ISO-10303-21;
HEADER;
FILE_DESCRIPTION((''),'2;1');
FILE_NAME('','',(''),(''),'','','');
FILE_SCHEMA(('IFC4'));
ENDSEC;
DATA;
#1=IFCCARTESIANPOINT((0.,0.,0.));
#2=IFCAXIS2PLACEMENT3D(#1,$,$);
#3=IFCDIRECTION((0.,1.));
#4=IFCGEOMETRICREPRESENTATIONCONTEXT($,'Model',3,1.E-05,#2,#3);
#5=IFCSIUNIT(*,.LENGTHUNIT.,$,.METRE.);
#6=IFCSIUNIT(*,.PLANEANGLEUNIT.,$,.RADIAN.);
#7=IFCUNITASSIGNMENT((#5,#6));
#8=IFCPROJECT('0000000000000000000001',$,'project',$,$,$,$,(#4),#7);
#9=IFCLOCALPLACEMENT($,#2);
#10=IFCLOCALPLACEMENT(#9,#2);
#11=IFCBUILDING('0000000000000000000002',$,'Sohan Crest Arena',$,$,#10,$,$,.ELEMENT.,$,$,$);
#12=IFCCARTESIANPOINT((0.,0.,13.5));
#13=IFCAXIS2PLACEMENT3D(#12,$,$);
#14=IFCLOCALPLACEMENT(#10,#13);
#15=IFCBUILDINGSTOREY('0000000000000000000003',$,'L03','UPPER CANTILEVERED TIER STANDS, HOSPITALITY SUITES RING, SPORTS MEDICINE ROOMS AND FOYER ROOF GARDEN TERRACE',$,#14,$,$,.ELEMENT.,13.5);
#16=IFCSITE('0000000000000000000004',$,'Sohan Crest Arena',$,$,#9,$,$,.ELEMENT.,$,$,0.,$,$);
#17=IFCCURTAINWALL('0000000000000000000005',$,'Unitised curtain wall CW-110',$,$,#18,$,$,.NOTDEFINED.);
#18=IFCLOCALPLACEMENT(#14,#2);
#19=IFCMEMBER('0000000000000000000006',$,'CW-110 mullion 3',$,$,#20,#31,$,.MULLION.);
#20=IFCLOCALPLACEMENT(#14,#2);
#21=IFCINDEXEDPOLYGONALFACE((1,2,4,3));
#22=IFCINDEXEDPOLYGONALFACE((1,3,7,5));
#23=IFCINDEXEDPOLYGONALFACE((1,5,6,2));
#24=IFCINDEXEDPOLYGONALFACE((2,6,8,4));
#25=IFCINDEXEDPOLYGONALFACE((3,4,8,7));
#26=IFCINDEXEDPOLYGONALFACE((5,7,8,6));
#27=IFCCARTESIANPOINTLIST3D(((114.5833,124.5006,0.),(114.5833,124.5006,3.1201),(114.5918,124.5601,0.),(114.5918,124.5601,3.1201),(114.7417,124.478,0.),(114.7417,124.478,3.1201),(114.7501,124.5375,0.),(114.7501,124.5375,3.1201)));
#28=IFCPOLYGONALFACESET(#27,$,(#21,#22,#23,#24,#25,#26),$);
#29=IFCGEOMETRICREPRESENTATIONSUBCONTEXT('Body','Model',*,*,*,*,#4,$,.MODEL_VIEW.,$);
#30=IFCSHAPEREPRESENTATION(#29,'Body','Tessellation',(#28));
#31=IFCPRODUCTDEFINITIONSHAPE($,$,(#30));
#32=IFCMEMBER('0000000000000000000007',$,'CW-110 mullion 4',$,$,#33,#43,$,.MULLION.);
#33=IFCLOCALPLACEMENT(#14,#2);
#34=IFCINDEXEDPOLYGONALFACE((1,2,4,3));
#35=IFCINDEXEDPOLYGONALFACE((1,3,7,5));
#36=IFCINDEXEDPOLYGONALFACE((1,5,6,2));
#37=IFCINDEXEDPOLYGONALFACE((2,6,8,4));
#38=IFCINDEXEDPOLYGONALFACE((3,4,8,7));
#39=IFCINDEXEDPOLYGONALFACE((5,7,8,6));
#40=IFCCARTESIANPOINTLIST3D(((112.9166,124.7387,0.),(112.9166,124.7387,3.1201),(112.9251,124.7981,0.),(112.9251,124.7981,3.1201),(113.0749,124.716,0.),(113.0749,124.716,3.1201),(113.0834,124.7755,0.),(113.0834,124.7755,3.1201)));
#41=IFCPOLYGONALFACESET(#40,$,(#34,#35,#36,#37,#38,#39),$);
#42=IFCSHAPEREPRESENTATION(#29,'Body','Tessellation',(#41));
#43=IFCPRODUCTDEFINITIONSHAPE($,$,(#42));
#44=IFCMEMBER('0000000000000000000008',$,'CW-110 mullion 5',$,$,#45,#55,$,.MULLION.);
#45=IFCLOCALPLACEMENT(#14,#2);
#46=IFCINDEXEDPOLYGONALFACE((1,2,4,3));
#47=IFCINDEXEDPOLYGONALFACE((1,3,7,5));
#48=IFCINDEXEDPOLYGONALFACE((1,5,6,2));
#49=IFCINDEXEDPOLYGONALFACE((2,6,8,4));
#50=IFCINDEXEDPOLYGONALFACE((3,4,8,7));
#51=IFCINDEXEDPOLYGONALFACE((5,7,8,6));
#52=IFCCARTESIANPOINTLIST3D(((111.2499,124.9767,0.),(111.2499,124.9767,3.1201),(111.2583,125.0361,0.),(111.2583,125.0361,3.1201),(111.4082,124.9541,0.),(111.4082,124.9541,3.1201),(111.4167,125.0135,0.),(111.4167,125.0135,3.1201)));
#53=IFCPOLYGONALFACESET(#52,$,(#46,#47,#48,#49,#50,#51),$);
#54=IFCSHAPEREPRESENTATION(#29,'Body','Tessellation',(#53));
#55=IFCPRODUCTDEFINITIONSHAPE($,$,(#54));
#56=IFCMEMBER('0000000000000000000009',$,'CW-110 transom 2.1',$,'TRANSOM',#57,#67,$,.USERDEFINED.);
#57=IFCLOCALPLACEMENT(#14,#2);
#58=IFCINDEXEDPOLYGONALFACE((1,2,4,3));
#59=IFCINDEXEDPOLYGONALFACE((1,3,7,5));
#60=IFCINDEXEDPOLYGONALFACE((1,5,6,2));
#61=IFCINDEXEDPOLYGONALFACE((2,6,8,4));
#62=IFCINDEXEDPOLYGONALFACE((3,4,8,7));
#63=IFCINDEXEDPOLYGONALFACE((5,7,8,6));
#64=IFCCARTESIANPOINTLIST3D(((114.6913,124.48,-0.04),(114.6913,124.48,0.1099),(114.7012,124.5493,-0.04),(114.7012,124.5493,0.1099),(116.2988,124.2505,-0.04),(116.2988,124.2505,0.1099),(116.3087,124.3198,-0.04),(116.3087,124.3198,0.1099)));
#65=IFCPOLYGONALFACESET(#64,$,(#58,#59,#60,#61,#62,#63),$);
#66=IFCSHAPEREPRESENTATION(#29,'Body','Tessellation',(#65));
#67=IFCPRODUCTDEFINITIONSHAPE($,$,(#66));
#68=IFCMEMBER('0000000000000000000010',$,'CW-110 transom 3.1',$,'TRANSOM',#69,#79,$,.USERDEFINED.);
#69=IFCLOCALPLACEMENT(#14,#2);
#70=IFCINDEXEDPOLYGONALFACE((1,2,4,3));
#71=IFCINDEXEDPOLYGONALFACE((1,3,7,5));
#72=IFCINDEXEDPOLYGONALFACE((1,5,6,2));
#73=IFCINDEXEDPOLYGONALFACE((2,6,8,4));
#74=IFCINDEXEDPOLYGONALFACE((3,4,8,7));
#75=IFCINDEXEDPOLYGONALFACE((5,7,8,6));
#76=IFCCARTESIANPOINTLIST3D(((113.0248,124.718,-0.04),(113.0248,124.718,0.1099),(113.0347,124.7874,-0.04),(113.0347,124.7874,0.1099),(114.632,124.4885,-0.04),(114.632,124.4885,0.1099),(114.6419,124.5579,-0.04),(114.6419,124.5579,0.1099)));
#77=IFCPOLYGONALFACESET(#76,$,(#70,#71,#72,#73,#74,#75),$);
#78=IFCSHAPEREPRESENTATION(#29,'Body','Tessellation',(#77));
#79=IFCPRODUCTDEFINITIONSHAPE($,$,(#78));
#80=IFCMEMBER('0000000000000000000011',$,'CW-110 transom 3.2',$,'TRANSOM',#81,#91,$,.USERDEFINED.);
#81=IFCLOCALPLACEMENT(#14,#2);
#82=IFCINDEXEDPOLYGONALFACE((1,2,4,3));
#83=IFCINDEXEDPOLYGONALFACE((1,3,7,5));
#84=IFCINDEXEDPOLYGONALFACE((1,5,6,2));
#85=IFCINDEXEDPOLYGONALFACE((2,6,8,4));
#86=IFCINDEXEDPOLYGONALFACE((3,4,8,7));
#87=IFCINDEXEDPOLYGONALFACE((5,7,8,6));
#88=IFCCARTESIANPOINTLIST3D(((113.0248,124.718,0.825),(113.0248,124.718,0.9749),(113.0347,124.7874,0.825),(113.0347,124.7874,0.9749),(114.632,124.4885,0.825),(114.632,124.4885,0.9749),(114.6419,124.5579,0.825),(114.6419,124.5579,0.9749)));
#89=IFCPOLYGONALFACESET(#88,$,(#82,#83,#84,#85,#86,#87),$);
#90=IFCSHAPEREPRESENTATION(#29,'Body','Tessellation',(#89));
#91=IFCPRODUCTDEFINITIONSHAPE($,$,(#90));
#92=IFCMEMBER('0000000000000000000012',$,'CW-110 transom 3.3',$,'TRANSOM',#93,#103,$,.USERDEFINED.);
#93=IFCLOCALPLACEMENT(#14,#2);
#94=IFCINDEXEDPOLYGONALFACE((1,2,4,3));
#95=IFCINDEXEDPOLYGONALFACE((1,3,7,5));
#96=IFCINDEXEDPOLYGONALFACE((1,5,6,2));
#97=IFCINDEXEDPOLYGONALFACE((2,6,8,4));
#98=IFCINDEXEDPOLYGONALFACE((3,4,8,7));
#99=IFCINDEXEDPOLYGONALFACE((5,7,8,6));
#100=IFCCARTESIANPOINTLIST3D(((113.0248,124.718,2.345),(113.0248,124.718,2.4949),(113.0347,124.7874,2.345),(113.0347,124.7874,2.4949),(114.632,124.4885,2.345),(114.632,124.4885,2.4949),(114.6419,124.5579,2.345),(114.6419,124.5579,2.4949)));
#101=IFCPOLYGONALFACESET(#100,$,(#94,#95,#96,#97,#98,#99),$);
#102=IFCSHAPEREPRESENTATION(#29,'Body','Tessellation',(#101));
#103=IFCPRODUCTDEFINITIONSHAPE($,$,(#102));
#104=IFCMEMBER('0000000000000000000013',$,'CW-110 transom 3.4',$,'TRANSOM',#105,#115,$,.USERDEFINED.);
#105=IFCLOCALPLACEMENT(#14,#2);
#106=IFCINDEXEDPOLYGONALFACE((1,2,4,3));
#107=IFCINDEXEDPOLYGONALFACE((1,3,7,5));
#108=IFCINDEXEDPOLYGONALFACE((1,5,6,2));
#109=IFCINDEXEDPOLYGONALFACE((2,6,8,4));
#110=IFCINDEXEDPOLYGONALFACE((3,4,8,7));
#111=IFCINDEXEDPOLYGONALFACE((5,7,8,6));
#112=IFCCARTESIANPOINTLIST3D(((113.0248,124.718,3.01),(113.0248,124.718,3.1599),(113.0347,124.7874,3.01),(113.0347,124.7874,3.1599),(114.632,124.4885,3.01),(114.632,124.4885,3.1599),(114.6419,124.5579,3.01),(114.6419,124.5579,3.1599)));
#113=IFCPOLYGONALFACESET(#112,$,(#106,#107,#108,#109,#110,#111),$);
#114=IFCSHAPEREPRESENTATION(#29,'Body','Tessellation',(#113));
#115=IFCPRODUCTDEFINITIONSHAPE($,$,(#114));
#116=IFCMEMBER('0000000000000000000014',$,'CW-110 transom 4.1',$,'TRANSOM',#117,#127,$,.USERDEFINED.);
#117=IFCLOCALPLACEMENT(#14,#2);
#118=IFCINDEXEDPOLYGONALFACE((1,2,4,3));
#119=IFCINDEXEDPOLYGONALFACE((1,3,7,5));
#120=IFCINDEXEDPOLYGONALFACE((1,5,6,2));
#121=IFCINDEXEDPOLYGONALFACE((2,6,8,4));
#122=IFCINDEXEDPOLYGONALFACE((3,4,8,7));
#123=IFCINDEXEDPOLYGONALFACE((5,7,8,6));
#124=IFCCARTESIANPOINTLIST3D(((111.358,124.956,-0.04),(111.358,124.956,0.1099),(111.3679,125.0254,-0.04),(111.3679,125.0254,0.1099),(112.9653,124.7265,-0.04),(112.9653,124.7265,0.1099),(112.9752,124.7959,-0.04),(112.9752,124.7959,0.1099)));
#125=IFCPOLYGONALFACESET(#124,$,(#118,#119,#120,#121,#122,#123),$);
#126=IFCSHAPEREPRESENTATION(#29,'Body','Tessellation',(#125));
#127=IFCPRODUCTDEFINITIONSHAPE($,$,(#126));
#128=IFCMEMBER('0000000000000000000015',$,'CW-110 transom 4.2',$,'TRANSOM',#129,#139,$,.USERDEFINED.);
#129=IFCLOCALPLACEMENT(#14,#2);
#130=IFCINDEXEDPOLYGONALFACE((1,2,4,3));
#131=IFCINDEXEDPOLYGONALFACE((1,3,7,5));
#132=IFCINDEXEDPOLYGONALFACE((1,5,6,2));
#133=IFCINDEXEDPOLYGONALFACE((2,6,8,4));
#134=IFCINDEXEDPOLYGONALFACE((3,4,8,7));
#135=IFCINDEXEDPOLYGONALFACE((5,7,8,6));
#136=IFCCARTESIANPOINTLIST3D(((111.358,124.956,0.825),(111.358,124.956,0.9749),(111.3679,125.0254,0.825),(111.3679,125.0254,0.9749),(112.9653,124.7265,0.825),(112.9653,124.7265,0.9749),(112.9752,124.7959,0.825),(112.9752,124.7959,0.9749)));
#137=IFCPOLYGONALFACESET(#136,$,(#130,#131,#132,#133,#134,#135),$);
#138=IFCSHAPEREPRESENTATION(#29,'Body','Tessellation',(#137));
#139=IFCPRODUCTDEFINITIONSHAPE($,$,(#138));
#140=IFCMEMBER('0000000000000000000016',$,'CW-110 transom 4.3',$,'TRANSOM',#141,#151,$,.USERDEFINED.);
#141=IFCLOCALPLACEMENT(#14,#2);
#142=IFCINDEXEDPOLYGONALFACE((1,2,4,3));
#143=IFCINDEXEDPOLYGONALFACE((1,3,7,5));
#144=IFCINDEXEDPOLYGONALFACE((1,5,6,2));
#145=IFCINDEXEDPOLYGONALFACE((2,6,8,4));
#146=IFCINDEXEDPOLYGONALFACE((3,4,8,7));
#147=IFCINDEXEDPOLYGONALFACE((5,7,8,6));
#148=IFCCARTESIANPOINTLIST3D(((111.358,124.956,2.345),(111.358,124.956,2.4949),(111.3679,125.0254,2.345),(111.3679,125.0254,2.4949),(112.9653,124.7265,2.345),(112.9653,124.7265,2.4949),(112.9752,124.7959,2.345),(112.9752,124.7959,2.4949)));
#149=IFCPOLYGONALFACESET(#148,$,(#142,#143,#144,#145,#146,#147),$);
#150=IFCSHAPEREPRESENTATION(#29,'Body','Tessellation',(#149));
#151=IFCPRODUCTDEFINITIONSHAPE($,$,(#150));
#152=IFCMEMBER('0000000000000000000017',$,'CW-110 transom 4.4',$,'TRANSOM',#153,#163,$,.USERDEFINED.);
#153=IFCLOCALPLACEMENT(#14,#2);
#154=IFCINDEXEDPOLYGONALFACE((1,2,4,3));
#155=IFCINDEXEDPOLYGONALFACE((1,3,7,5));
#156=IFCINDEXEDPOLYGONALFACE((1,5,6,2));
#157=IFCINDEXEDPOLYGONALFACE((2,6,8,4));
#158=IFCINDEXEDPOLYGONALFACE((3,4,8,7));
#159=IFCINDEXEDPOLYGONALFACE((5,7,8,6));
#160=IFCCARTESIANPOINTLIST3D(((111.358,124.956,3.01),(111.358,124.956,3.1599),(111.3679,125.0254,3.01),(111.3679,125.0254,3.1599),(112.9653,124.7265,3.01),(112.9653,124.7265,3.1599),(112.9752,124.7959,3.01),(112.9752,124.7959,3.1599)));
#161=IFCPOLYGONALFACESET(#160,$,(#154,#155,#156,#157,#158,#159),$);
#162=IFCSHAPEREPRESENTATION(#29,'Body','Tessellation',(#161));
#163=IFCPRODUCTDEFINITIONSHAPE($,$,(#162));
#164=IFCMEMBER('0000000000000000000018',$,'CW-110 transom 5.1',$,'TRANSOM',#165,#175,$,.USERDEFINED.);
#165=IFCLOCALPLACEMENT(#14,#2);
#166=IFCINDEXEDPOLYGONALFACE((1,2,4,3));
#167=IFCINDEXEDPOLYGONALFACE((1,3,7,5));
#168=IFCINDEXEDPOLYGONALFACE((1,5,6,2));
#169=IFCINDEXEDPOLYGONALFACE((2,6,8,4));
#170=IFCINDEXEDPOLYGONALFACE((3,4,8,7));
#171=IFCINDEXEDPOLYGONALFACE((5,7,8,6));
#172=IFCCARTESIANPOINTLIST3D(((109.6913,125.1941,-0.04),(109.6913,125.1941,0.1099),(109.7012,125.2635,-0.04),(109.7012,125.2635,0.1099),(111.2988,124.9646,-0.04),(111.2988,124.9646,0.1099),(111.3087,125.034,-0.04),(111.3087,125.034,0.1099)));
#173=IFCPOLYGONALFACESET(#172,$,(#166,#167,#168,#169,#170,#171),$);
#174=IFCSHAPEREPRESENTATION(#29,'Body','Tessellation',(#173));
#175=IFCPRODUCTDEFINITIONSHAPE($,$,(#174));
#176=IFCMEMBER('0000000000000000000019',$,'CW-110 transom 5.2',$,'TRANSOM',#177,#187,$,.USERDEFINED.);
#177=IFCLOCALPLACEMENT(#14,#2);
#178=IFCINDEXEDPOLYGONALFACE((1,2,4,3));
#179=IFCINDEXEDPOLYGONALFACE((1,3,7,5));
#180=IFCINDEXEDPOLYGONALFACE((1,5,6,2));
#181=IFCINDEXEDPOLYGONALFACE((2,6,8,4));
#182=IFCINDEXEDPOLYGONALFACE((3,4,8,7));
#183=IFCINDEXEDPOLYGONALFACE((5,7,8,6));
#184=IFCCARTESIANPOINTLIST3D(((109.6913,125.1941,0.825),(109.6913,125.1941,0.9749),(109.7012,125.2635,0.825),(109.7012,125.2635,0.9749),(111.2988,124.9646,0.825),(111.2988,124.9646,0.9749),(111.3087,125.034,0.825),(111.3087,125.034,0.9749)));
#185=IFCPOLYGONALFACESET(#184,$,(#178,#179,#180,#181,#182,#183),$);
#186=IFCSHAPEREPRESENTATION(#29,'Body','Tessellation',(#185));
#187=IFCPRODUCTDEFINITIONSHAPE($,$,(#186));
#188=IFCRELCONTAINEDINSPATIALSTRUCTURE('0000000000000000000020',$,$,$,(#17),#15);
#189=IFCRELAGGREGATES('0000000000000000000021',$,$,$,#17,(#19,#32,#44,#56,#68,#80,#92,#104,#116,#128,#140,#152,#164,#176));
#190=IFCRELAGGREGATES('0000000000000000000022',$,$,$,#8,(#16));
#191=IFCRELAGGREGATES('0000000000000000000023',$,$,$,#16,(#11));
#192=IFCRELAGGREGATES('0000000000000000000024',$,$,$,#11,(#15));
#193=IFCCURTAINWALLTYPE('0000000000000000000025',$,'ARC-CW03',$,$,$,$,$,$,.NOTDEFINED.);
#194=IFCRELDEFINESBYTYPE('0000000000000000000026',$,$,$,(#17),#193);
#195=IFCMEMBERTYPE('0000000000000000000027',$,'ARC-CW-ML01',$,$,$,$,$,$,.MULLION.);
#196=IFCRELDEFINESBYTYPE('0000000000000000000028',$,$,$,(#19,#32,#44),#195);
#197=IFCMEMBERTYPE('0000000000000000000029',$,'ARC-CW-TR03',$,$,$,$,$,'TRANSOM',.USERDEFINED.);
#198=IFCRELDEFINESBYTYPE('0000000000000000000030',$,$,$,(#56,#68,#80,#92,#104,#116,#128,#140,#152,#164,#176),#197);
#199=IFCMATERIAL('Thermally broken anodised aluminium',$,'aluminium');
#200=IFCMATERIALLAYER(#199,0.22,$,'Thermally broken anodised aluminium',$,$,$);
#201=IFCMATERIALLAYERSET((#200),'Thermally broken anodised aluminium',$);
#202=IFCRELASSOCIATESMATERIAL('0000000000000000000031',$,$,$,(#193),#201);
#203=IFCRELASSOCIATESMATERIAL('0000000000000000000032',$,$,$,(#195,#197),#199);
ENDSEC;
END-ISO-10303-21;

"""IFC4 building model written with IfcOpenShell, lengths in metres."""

from ifc_helpers import new_model, si_unit, direction, frame, origin, origin_2d, place, context, subcontext, project, spatial, rectangle, extrude, material, layer, layer_set, material_profile, profile_set, type_object, element, aggregate, save


model = new_model("IFC4")

# Units and contexts
model_context = context("Model", 3, precision=1e-05, world=origin(), true_north=direction((0.0, 1.0)))
body_context = subcontext(model_context, "Body", "Model", "MODEL_VIEW")
ifc_project = project(units=[si_unit("LENGTHUNIT", "METRE"), si_unit("PLANEANGLEUNIT", "RADIAN")], contexts=[model_context])

# Site, building, storey
site_placement = place(None, origin())
site = spatial("IfcSite", under=ifc_project, at=site_placement, Name="Sohan Crest Arena", CompositionType="ELEMENT", RefElevation=0.0)
building_placement = place(site_placement, origin())
building = spatial("IfcBuilding", under=site, at=building_placement, Name="Sohan Crest Arena", CompositionType="ELEMENT")
storey_placement = place(building_placement, frame((0.0, 0.0, 13.5)))
storey = spatial("IfcBuildingStorey", under=building, at=storey_placement, Name="L03", Description="UPPER CANTILEVERED TIER STANDS, HOSPITALITY SUITES RING, SPORTS MEDICINE ROOMS AND FOYER ROOF GARDEN TERRACE", CompositionType="ELEMENT", Elevation=13.5)

# Curtain wall, members
ifc_material_1 = material(Name="Thermally broken anodised aluminium", Category="aluminium")
ifc_layer_1 = layer(ifc_material_1, 0.22, Name="Thermally broken anodised aluminium")
ifc_layer_set_1 = layer_set([ifc_layer_1], Name="Thermally broken anodised aluminium")
curtain_wall_type = type_object("IfcCurtainWallType", Name="ARC-CW03", PredefinedType="NOTDEFINED", material=ifc_layer_set_1)
curtain_wall_placement = place(storey_placement, origin())
curtain_wall = element("IfcCurtainWall", 1, at=curtain_wall_placement, inside=storey, type_object=curtain_wall_type, Name="Unitised curtain wall CW-110", PredefinedType="NOTDEFINED")
ifc_material_profile_1 = material_profile(ifc_material_1, rectangle(XDim=0.0601, YDim=0.1599, at=origin_2d()), Name="ALU-MULL 60x160")
ifc_profile_set_1 = profile_set([ifc_material_profile_1], Name="Thermally broken anodised aluminium")
member_type_1 = type_object("IfcMemberType", Name="ARC-CW-ML01", PredefinedType="MULLION", material=ifc_profile_set_1)
member_1_placement = place(storey_placement, frame((114.6667, 124.519, 0.0), z_axis=(0.0, 0.0, 1.0), x_axis=(-0.141366, -0.989957, 0.0)))
member_1 = element("IfcMember", 2, at=member_1_placement, type_object=member_type_1, Name="CW-110 mullion 3", PredefinedType="MULLION", context=body_context, shape_type="SweptSolid", body=[
    extrude(rectangle(XDim=0.0601, YDim=0.1599, at=origin_2d()), origin(), (0.0, 0.0, 1.0), 3.1201),
])
member_2_placement = place(storey_placement, frame((113.0, 124.7571, 0.0), z_axis=(0.0, 0.0, 1.0), x_axis=(-0.141366, -0.989957, 0.0)))
member_2 = element("IfcMember", 3, at=member_2_placement, type_object=member_type_1, Name="CW-110 mullion 4", PredefinedType="MULLION", context=body_context, shape_type="SweptSolid", body=[
    extrude(rectangle(XDim=0.0601, YDim=0.1599, at=origin_2d()), origin(), (0.0, 0.0, 1.0), 3.1201),
])
member_3_placement = place(storey_placement, frame((111.3333, 124.9951, 0.0), z_axis=(0.0, 0.0, 1.0), x_axis=(-0.141366, -0.989957, 0.0)))
member_3 = element("IfcMember", 4, at=member_3_placement, type_object=member_type_1, Name="CW-110 mullion 5", PredefinedType="MULLION", context=body_context, shape_type="SweptSolid", body=[
    extrude(rectangle(XDim=0.0601, YDim=0.1599, at=origin_2d()), origin(), (0.0, 0.0, 1.0), 3.1201),
])
ifc_material_profile_2 = material_profile(ifc_material_1, rectangle(XDim=0.0701, YDim=0.1499, at=origin_2d()), Name="ALU-TRAN 70x150")
ifc_profile_set_2 = profile_set([ifc_material_profile_2], Name="Thermally broken anodised aluminium")
member_type_2 = type_object("IfcMemberType", Name="ARC-CW-TR03", ElementType="TRANSOM", PredefinedType="USERDEFINED", material=ifc_profile_set_2)
member_4_placement = place(storey_placement, frame((116.3037, 124.2852, 0.0349), z_axis=(-0.989962, 0.141337, 0.0), x_axis=(-0.141337, -0.989962, 0.0)))
member_4 = element("IfcMember", 5, at=member_4_placement, type_object=member_type_2, Name="CW-110 transom 2.1", ObjectType="TRANSOM", PredefinedType="USERDEFINED", context=body_context, shape_type="SweptSolid", body=[
    extrude(rectangle(XDim=0.0701, YDim=0.1499, at=origin_2d()), origin(), (0.0, 0.0, 1.0), 1.6238),
])
member_5_placement = place(storey_placement, frame((114.637, 124.5232, 0.0349), z_axis=(-0.989959, 0.141358, 0.0), x_axis=(-0.141358, -0.989959, 0.0)))
member_5 = element("IfcMember", 6, at=member_5_placement, type_object=member_type_2, Name="CW-110 transom 3.1", ObjectType="TRANSOM", PredefinedType="USERDEFINED", context=body_context, shape_type="SweptSolid", body=[
    extrude(rectangle(XDim=0.0701, YDim=0.1499, at=origin_2d()), origin(), (0.0, 0.0, 1.0), 1.6235),
])
member_6_placement = place(storey_placement, frame((114.637, 124.5232, 0.8999), z_axis=(-0.989959, 0.141358, 0.0), x_axis=(-0.141358, -0.989959, 0.0)))
member_6 = element("IfcMember", 7, at=member_6_placement, type_object=member_type_2, Name="CW-110 transom 3.2", ObjectType="TRANSOM", PredefinedType="USERDEFINED", context=body_context, shape_type="SweptSolid", body=[
    extrude(rectangle(XDim=0.0701, YDim=0.1499, at=origin_2d()), origin(), (0.0, 0.0, 1.0), 1.6235),
])
member_7_placement = place(storey_placement, frame((114.637, 124.5232, 2.4199), z_axis=(-0.989959, 0.141358, 0.0), x_axis=(-0.141358, -0.989959, 0.0)))
member_7 = element("IfcMember", 8, at=member_7_placement, type_object=member_type_2, Name="CW-110 transom 3.3", ObjectType="TRANSOM", PredefinedType="USERDEFINED", context=body_context, shape_type="SweptSolid", body=[
    extrude(rectangle(XDim=0.0701, YDim=0.1499, at=origin_2d()), origin(), (0.0, 0.0, 1.0), 1.6235),
])
member_8_placement = place(storey_placement, frame((114.637, 124.5232, 3.085), z_axis=(-0.989959, 0.141358, 0.0), x_axis=(-0.141358, -0.989959, 0.0)))
member_8 = element("IfcMember", 9, at=member_8_placement, type_object=member_type_2, Name="CW-110 transom 3.4", ObjectType="TRANSOM", PredefinedType="USERDEFINED", context=body_context, shape_type="SweptSolid", body=[
    extrude(rectangle(XDim=0.0701, YDim=0.1499, at=origin_2d()), origin(), (0.0, 0.0, 1.0), 1.6235),
])
member_9_placement = place(storey_placement, frame((112.9702, 124.7612, 0.0349), z_axis=(-0.989959, 0.141358, 0.0), x_axis=(-0.141358, -0.989959, 0.0)))
member_9 = element("IfcMember", 10, at=member_9_placement, type_object=member_type_2, Name="CW-110 transom 4.1", ObjectType="TRANSOM", PredefinedType="USERDEFINED", context=body_context, shape_type="SweptSolid", body=[
    extrude(rectangle(XDim=0.0701, YDim=0.1499, at=origin_2d()), origin(), (0.0, 0.0, 1.0), 1.6235),
])
member_10_placement = place(storey_placement, frame((112.9702, 124.7612, 0.8999), z_axis=(-0.989959, 0.141358, 0.0), x_axis=(-0.141358, -0.989959, 0.0)))
member_10 = element("IfcMember", 11, at=member_10_placement, type_object=member_type_2, Name="CW-110 transom 4.2", ObjectType="TRANSOM", PredefinedType="USERDEFINED", context=body_context, shape_type="SweptSolid", body=[
    extrude(rectangle(XDim=0.0701, YDim=0.1499, at=origin_2d()), origin(), (0.0, 0.0, 1.0), 1.6235),
])
member_11_placement = place(storey_placement, frame((112.9702, 124.7612, 2.4199), z_axis=(-0.989959, 0.141358, 0.0), x_axis=(-0.141358, -0.989959, 0.0)))
member_11 = element("IfcMember", 12, at=member_11_placement, type_object=member_type_2, Name="CW-110 transom 4.3", ObjectType="TRANSOM", PredefinedType="USERDEFINED", context=body_context, shape_type="SweptSolid", body=[
    extrude(rectangle(XDim=0.0701, YDim=0.1499, at=origin_2d()), origin(), (0.0, 0.0, 1.0), 1.6235),
])
member_12_placement = place(storey_placement, frame((112.9702, 124.7612, 3.085), z_axis=(-0.989959, 0.141358, 0.0), x_axis=(-0.141358, -0.989959, 0.0)))
member_12 = element("IfcMember", 13, at=member_12_placement, type_object=member_type_2, Name="CW-110 transom 4.4", ObjectType="TRANSOM", PredefinedType="USERDEFINED", context=body_context, shape_type="SweptSolid", body=[
    extrude(rectangle(XDim=0.0701, YDim=0.1499, at=origin_2d()), origin(), (0.0, 0.0, 1.0), 1.6235),
])
member_13_placement = place(storey_placement, frame((111.3037, 124.9993, 0.0349), z_axis=(-0.989962, 0.141337, 0.0), x_axis=(-0.141337, -0.989962, 0.0)))
member_13 = element("IfcMember", 14, at=member_13_placement, type_object=member_type_2, Name="CW-110 transom 5.1", ObjectType="TRANSOM", PredefinedType="USERDEFINED", context=body_context, shape_type="SweptSolid", body=[
    extrude(rectangle(XDim=0.0701, YDim=0.1499, at=origin_2d()), origin(), (0.0, 0.0, 1.0), 1.6238),
])
member_14_placement = place(storey_placement, frame((111.3037, 124.9993, 0.8999), z_axis=(-0.989962, 0.141337, 0.0), x_axis=(-0.141337, -0.989962, 0.0)))
member_14 = element("IfcMember", 15, at=member_14_placement, type_object=member_type_2, Name="CW-110 transom 5.2", ObjectType="TRANSOM", PredefinedType="USERDEFINED", context=body_context, shape_type="SweptSolid", body=[
    extrude(rectangle(XDim=0.0701, YDim=0.1499, at=origin_2d()), origin(), (0.0, 0.0, 1.0), 1.6238),
])
aggregate(curtain_wall, [member_1, member_2, member_3, member_4, member_5, member_6, member_7, member_8, member_9, member_10, member_11, member_12, member_13, member_14])

save(model, "model.ifc")
